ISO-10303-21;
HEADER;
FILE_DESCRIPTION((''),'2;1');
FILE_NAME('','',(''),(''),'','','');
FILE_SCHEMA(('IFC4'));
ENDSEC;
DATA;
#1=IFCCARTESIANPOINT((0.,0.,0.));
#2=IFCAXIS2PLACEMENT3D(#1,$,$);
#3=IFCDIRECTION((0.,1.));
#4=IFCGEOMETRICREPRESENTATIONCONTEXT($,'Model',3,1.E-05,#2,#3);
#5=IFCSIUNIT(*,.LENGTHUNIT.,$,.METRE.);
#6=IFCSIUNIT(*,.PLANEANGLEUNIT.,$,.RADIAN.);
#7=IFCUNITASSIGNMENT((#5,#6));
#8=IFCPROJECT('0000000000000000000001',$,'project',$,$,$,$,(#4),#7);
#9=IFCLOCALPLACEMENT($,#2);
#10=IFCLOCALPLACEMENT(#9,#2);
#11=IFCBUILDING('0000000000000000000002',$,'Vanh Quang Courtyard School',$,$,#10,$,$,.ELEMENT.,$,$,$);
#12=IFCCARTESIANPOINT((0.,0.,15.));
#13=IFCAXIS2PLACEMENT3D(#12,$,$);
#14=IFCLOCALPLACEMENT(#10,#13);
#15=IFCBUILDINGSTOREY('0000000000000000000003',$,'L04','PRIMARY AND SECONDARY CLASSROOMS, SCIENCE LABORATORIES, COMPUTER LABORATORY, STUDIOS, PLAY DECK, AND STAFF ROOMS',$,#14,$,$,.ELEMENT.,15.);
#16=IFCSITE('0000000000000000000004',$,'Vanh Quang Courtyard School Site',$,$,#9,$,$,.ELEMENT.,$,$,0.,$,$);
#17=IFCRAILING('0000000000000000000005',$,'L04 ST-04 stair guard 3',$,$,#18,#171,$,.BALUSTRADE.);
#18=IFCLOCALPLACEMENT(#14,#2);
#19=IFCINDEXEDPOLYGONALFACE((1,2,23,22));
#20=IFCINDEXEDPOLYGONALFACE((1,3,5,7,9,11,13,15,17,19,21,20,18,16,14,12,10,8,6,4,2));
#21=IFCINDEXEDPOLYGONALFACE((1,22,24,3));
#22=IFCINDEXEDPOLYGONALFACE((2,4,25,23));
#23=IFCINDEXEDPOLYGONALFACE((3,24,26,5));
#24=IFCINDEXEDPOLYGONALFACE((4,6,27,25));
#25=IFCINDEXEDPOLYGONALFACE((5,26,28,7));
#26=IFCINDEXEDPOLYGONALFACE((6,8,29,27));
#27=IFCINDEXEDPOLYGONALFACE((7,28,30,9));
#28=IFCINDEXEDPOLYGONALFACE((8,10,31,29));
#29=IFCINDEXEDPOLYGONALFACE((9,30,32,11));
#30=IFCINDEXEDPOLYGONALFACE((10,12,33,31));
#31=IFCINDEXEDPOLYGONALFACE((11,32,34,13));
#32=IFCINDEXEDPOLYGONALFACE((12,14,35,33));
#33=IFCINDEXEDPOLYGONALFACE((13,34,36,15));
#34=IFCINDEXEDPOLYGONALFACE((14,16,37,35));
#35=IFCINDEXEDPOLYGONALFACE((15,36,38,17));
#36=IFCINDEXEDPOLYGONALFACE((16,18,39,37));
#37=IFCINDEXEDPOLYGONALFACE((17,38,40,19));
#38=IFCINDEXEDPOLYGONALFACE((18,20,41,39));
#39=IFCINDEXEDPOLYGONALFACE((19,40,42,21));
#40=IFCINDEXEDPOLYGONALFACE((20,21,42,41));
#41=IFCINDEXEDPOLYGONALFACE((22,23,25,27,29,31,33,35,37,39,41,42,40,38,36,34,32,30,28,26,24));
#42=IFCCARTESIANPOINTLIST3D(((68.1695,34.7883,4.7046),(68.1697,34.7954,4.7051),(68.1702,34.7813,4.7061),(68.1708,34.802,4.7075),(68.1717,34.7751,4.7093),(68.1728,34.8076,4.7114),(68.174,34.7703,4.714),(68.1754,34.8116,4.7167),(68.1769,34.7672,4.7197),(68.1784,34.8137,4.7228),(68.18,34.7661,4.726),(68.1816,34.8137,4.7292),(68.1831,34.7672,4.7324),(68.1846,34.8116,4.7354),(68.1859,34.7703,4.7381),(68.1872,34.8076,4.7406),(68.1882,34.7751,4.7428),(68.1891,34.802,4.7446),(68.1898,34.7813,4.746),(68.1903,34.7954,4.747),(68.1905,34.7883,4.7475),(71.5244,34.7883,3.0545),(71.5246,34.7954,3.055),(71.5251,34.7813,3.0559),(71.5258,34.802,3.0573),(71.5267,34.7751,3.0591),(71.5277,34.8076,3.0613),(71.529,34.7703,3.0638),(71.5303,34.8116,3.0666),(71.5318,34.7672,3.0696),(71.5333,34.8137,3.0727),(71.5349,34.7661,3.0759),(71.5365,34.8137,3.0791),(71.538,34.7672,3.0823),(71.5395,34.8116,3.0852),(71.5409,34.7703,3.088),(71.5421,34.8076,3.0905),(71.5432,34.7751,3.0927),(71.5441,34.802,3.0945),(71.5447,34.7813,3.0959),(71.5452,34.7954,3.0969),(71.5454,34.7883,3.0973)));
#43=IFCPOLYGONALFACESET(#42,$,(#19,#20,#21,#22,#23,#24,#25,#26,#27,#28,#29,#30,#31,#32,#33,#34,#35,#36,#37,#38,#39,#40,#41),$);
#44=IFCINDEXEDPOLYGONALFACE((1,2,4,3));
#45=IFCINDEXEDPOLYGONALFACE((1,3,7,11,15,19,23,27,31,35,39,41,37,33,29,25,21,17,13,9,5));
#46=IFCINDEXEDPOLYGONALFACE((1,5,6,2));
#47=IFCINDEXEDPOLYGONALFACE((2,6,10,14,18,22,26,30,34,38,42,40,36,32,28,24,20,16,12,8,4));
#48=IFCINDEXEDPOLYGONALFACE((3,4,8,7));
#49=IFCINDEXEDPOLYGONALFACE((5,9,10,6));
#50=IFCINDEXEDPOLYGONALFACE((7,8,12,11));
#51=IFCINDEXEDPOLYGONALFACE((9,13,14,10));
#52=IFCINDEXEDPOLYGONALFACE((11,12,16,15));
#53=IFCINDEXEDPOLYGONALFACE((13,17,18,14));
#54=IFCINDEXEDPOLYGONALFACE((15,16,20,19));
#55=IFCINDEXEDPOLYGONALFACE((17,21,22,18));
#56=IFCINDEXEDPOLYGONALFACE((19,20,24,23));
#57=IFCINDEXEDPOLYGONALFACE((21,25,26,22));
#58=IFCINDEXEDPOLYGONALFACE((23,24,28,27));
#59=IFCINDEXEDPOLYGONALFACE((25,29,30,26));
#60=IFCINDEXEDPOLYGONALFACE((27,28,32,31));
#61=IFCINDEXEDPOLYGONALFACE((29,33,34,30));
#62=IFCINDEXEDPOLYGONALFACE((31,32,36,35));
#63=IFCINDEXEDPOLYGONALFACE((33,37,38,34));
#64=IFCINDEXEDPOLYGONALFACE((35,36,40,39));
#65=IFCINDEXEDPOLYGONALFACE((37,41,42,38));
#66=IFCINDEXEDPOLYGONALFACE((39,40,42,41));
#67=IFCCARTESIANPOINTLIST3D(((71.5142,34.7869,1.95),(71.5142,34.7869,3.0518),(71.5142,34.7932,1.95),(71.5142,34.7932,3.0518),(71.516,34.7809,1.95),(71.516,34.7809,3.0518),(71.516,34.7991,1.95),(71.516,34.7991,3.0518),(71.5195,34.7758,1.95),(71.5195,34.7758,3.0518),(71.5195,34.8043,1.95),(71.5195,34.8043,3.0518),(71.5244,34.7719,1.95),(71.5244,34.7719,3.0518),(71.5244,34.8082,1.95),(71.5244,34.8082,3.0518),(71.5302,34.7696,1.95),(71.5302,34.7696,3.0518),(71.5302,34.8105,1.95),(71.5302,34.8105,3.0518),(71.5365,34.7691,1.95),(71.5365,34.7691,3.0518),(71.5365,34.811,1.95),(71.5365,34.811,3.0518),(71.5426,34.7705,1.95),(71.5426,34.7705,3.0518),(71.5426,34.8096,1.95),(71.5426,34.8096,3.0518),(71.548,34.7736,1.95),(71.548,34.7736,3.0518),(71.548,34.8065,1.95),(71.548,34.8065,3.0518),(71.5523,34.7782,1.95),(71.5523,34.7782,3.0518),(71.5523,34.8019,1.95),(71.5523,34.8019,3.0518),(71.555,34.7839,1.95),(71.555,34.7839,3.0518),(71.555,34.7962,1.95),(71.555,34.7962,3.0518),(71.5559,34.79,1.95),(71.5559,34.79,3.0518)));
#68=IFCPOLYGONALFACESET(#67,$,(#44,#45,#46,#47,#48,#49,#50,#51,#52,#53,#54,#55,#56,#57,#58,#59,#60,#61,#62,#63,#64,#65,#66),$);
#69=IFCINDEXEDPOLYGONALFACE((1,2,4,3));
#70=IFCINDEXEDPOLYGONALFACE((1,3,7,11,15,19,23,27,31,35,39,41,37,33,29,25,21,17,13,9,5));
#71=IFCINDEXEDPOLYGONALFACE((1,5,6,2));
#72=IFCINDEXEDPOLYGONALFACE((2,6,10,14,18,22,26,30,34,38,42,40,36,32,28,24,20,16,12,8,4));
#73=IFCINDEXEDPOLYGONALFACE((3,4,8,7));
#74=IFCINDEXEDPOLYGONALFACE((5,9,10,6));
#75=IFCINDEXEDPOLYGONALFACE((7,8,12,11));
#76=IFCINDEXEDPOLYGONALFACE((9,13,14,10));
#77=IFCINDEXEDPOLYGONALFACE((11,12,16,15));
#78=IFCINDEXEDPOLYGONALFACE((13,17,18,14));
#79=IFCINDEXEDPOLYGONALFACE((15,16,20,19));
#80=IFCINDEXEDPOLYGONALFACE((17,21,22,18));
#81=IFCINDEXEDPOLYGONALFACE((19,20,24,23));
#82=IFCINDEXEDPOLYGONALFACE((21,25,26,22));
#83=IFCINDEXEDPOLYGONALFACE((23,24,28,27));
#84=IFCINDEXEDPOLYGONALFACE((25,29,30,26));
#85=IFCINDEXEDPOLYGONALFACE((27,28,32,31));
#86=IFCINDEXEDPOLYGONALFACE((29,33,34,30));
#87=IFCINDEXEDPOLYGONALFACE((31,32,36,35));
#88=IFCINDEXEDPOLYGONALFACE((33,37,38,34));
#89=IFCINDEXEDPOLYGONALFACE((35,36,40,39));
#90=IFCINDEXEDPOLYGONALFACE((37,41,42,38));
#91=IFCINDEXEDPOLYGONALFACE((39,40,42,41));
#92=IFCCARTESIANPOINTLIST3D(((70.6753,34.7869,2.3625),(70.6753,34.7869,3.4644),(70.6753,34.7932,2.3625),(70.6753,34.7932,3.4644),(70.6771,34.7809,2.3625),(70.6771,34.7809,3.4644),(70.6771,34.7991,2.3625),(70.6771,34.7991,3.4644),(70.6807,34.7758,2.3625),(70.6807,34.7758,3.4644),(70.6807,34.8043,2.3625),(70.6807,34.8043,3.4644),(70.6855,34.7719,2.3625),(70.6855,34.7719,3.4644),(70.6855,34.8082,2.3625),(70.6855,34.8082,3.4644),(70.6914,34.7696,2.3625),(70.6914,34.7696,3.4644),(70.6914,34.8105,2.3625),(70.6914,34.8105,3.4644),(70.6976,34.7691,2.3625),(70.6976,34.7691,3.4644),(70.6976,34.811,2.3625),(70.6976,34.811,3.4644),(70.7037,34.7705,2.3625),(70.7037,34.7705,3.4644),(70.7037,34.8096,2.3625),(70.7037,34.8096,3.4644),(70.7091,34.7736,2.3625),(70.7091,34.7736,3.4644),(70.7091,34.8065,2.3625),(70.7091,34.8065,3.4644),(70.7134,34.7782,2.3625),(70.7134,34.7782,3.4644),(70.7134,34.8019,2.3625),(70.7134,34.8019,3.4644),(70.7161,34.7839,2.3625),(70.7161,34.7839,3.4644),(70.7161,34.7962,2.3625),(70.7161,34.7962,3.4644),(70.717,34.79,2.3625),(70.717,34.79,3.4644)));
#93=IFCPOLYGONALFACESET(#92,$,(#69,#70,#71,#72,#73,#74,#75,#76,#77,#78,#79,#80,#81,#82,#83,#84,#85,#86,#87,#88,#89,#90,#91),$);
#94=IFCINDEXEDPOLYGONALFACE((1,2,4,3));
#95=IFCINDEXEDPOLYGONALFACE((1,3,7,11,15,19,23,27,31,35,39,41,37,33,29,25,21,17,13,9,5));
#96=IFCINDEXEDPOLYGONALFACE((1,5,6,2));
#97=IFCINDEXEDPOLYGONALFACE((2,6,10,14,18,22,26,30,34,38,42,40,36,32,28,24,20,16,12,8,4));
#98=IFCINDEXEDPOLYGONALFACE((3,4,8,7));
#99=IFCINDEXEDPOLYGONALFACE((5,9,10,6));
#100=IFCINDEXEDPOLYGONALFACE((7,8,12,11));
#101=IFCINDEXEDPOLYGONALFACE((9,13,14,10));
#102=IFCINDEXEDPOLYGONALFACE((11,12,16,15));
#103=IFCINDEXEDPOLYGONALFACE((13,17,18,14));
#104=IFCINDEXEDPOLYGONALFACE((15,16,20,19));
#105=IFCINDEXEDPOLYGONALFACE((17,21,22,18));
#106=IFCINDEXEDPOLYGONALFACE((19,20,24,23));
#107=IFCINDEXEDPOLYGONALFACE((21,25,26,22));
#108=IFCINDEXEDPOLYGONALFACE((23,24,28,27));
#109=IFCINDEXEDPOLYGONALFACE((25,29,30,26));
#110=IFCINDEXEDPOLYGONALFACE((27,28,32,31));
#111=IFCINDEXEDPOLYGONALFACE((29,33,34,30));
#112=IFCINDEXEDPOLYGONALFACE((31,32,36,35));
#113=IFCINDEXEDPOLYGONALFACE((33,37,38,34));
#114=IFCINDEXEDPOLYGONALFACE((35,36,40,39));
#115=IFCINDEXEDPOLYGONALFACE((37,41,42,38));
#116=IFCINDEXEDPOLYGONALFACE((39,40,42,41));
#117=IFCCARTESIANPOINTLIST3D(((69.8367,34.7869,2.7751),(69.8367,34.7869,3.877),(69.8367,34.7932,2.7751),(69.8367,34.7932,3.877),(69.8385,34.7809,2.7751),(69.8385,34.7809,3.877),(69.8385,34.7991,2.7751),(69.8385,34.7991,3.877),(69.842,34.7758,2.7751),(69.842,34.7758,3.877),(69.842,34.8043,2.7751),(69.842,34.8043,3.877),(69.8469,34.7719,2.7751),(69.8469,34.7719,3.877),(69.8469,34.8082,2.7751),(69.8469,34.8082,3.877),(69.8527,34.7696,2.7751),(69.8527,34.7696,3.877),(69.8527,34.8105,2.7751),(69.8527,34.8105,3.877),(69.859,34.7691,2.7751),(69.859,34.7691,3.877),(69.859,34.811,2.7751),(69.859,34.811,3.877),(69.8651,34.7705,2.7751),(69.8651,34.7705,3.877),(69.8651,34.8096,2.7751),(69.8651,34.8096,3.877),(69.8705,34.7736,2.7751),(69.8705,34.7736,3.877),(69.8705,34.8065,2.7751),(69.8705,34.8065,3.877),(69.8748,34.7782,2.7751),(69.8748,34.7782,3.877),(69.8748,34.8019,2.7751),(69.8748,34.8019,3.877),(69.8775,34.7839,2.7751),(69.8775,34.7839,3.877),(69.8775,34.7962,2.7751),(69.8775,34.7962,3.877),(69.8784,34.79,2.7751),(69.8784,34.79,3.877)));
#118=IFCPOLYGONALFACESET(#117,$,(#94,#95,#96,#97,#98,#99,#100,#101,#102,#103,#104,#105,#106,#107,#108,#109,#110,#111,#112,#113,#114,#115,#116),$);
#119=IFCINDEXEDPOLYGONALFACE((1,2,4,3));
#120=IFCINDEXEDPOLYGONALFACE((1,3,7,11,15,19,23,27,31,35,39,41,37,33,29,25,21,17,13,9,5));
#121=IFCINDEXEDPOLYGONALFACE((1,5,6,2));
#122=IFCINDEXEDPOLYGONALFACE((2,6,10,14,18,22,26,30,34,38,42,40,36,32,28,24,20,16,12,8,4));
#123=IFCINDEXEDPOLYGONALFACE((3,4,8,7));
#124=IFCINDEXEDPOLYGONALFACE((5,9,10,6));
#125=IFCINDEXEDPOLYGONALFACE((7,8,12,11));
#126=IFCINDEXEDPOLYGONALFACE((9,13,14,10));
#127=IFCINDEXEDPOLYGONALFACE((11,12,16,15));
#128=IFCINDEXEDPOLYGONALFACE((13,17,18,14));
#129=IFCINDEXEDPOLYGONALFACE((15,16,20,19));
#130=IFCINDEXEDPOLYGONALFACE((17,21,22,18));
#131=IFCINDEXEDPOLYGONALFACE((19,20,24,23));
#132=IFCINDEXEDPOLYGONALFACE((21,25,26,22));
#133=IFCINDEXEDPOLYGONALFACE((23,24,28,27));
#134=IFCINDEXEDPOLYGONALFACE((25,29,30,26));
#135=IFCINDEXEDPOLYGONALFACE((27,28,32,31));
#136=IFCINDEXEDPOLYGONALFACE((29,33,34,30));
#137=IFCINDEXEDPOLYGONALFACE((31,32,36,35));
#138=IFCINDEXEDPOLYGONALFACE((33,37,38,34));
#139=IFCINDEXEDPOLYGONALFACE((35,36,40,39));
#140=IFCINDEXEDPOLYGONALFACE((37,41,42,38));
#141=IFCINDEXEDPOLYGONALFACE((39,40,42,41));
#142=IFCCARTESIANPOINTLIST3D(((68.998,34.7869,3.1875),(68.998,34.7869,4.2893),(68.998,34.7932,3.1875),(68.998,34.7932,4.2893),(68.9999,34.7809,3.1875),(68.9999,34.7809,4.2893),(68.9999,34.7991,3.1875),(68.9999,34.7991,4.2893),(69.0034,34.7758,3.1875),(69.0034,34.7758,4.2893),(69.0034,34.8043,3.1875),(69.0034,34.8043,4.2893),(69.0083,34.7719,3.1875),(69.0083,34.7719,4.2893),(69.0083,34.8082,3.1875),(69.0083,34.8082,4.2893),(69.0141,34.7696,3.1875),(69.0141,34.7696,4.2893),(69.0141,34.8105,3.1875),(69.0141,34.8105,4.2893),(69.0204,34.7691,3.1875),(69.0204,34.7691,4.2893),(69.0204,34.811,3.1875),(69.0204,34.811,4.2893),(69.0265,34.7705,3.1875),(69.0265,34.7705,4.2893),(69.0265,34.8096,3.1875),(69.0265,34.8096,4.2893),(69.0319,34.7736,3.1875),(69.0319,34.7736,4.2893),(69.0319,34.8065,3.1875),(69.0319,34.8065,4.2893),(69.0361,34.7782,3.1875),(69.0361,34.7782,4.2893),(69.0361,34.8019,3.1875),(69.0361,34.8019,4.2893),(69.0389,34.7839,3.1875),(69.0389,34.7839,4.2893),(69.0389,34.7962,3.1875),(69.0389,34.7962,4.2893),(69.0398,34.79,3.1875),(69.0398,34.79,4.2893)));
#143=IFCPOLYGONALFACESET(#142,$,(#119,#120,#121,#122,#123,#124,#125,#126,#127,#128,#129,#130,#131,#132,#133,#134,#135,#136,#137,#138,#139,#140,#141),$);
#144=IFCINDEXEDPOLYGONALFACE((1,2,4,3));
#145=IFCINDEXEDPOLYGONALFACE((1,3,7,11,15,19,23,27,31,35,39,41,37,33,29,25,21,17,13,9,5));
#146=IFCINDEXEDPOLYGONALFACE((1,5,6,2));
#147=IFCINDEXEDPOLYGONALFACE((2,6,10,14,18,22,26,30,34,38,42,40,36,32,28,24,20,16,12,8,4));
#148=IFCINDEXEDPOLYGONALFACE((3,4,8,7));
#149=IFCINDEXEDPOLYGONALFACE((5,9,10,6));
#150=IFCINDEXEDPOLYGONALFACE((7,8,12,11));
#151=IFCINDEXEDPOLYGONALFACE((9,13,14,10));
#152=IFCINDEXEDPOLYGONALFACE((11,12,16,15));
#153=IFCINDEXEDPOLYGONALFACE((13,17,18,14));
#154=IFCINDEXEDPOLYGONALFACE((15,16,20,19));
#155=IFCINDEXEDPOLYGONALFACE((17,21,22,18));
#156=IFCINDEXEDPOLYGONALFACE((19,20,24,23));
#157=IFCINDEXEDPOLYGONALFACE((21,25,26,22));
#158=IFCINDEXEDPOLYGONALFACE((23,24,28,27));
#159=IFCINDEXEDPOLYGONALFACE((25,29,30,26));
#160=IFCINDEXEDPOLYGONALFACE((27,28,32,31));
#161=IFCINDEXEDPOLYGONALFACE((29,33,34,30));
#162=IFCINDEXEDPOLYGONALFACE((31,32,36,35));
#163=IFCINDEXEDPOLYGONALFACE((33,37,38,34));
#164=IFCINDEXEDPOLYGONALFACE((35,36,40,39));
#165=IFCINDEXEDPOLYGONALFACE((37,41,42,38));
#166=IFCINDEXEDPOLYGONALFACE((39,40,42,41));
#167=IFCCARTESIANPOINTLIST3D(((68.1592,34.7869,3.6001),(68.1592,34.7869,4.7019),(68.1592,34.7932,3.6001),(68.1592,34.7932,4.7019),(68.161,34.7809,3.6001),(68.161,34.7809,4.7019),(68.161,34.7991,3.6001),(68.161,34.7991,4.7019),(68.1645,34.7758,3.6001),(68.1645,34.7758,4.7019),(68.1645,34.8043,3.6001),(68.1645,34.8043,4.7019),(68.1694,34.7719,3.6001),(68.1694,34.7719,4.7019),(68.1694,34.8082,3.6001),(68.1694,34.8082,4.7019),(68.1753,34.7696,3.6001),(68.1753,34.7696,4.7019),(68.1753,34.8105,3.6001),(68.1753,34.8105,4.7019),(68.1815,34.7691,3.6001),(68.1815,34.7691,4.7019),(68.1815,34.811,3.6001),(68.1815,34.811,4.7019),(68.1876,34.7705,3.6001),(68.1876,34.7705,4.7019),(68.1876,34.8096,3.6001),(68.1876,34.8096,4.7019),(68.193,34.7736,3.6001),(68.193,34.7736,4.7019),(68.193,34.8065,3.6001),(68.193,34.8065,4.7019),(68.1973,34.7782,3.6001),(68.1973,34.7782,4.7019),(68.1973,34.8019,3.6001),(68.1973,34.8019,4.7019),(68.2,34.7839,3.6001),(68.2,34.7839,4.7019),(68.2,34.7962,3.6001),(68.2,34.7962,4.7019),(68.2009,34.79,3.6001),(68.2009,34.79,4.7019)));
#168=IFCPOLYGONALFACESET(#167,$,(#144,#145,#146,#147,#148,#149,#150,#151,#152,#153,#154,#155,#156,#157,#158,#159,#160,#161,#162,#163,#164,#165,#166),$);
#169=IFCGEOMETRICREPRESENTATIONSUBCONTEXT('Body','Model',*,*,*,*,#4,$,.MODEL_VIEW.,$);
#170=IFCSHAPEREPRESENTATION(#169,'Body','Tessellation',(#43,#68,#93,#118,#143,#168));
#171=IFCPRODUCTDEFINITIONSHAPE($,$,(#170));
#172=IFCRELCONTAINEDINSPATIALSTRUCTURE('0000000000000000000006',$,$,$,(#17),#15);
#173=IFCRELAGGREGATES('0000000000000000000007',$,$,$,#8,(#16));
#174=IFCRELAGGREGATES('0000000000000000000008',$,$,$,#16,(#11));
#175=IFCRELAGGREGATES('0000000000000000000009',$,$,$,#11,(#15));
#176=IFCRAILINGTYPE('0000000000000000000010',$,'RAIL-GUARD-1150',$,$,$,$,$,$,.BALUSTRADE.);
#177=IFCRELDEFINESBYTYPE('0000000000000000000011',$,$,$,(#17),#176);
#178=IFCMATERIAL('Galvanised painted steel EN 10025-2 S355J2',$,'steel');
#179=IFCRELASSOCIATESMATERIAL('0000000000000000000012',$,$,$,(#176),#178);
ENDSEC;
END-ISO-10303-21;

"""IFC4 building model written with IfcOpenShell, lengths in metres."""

from ifc_helpers import new_model, si_unit, direction, frame, origin, origin_2d, place, context, subcontext, project, spatial, circle, extrude, material, type_object, element, save


model = new_model("IFC4")

# Units and contexts
model_context = context("Model", 3, precision=1e-05, world=origin(), true_north=direction((0.0, 1.0)))
body_context = subcontext(model_context, "Body", "Model", "MODEL_VIEW")
ifc_project = project(units=[si_unit("LENGTHUNIT", "METRE"), si_unit("PLANEANGLEUNIT", "RADIAN")], contexts=[model_context])

# Site, building, storey
site_placement = place(None, origin())
site = spatial("IfcSite", under=ifc_project, at=site_placement, Name="Vanh Quang Courtyard School Site", CompositionType="ELEMENT", RefElevation=0.0)
building_placement = place(site_placement, origin())
building = spatial("IfcBuilding", under=site, at=building_placement, Name="Vanh Quang Courtyard School", CompositionType="ELEMENT")
storey_placement = place(building_placement, frame((0.0, 0.0, 15.0)))
storey = spatial("IfcBuildingStorey", under=building, at=storey_placement, Name="L04", Description="PRIMARY AND SECONDARY CLASSROOMS, SCIENCE LABORATORIES, COMPUTER LABORATORY, STUDIOS, PLAY DECK, AND STAFF ROOMS", CompositionType="ELEMENT", Elevation=15.0)

# Railing
ifc_material_1 = material(Name="Galvanised painted steel EN 10025-2 S355J2", Category="steel")
railing_type_1 = type_object("IfcRailingType", Name="RAIL-GUARD-1150", PredefinedType="BALUSTRADE", material=ifc_material_1)
railing_1_placement = place(storey_placement, frame((71.5349, 34.79, 1.95)))
element("IfcRailing", 1, at=railing_1_placement, inside=storey, type_object=railing_type_1, Name="L04 ST-04 stair guard 3", PredefinedType="BALUSTRADE", context=body_context, shape_type="SweptSolid", body=[
    extrude(circle(Radius=0.0239, at=origin_2d()), frame((0.0, 0.0, 1.126), z_axis=(-0.897333, 0.0, 0.441353), x_axis=(0.0, -1.0, 0.0)), (0.0, 0.0, 1.0), 3.7388),
    extrude(circle(Radius=0.021, at=origin_2d()), origin(), (0.0, 0.0, 1.0), 1.1018),
    extrude(circle(Radius=0.021, at=origin_2d()), frame((-0.8389, 0.0, 0.4126)), (0.0, 0.0, 1.0), 1.1018),
    extrude(circle(Radius=0.021, at=origin_2d()), frame((-1.6775, 0.0, 0.8252)), (0.0, 0.0, 1.0), 1.1018),
    extrude(circle(Radius=0.021, at=origin_2d()), frame((-2.5161, 0.0, 1.2375)), (0.0, 0.0, 1.0), 1.1018),
    extrude(circle(Radius=0.021, at=origin_2d()), frame((-3.355, 0.0, 1.6501)), (0.0, 0.0, 1.0), 1.1018),
])

save(model, "model.ifc")
